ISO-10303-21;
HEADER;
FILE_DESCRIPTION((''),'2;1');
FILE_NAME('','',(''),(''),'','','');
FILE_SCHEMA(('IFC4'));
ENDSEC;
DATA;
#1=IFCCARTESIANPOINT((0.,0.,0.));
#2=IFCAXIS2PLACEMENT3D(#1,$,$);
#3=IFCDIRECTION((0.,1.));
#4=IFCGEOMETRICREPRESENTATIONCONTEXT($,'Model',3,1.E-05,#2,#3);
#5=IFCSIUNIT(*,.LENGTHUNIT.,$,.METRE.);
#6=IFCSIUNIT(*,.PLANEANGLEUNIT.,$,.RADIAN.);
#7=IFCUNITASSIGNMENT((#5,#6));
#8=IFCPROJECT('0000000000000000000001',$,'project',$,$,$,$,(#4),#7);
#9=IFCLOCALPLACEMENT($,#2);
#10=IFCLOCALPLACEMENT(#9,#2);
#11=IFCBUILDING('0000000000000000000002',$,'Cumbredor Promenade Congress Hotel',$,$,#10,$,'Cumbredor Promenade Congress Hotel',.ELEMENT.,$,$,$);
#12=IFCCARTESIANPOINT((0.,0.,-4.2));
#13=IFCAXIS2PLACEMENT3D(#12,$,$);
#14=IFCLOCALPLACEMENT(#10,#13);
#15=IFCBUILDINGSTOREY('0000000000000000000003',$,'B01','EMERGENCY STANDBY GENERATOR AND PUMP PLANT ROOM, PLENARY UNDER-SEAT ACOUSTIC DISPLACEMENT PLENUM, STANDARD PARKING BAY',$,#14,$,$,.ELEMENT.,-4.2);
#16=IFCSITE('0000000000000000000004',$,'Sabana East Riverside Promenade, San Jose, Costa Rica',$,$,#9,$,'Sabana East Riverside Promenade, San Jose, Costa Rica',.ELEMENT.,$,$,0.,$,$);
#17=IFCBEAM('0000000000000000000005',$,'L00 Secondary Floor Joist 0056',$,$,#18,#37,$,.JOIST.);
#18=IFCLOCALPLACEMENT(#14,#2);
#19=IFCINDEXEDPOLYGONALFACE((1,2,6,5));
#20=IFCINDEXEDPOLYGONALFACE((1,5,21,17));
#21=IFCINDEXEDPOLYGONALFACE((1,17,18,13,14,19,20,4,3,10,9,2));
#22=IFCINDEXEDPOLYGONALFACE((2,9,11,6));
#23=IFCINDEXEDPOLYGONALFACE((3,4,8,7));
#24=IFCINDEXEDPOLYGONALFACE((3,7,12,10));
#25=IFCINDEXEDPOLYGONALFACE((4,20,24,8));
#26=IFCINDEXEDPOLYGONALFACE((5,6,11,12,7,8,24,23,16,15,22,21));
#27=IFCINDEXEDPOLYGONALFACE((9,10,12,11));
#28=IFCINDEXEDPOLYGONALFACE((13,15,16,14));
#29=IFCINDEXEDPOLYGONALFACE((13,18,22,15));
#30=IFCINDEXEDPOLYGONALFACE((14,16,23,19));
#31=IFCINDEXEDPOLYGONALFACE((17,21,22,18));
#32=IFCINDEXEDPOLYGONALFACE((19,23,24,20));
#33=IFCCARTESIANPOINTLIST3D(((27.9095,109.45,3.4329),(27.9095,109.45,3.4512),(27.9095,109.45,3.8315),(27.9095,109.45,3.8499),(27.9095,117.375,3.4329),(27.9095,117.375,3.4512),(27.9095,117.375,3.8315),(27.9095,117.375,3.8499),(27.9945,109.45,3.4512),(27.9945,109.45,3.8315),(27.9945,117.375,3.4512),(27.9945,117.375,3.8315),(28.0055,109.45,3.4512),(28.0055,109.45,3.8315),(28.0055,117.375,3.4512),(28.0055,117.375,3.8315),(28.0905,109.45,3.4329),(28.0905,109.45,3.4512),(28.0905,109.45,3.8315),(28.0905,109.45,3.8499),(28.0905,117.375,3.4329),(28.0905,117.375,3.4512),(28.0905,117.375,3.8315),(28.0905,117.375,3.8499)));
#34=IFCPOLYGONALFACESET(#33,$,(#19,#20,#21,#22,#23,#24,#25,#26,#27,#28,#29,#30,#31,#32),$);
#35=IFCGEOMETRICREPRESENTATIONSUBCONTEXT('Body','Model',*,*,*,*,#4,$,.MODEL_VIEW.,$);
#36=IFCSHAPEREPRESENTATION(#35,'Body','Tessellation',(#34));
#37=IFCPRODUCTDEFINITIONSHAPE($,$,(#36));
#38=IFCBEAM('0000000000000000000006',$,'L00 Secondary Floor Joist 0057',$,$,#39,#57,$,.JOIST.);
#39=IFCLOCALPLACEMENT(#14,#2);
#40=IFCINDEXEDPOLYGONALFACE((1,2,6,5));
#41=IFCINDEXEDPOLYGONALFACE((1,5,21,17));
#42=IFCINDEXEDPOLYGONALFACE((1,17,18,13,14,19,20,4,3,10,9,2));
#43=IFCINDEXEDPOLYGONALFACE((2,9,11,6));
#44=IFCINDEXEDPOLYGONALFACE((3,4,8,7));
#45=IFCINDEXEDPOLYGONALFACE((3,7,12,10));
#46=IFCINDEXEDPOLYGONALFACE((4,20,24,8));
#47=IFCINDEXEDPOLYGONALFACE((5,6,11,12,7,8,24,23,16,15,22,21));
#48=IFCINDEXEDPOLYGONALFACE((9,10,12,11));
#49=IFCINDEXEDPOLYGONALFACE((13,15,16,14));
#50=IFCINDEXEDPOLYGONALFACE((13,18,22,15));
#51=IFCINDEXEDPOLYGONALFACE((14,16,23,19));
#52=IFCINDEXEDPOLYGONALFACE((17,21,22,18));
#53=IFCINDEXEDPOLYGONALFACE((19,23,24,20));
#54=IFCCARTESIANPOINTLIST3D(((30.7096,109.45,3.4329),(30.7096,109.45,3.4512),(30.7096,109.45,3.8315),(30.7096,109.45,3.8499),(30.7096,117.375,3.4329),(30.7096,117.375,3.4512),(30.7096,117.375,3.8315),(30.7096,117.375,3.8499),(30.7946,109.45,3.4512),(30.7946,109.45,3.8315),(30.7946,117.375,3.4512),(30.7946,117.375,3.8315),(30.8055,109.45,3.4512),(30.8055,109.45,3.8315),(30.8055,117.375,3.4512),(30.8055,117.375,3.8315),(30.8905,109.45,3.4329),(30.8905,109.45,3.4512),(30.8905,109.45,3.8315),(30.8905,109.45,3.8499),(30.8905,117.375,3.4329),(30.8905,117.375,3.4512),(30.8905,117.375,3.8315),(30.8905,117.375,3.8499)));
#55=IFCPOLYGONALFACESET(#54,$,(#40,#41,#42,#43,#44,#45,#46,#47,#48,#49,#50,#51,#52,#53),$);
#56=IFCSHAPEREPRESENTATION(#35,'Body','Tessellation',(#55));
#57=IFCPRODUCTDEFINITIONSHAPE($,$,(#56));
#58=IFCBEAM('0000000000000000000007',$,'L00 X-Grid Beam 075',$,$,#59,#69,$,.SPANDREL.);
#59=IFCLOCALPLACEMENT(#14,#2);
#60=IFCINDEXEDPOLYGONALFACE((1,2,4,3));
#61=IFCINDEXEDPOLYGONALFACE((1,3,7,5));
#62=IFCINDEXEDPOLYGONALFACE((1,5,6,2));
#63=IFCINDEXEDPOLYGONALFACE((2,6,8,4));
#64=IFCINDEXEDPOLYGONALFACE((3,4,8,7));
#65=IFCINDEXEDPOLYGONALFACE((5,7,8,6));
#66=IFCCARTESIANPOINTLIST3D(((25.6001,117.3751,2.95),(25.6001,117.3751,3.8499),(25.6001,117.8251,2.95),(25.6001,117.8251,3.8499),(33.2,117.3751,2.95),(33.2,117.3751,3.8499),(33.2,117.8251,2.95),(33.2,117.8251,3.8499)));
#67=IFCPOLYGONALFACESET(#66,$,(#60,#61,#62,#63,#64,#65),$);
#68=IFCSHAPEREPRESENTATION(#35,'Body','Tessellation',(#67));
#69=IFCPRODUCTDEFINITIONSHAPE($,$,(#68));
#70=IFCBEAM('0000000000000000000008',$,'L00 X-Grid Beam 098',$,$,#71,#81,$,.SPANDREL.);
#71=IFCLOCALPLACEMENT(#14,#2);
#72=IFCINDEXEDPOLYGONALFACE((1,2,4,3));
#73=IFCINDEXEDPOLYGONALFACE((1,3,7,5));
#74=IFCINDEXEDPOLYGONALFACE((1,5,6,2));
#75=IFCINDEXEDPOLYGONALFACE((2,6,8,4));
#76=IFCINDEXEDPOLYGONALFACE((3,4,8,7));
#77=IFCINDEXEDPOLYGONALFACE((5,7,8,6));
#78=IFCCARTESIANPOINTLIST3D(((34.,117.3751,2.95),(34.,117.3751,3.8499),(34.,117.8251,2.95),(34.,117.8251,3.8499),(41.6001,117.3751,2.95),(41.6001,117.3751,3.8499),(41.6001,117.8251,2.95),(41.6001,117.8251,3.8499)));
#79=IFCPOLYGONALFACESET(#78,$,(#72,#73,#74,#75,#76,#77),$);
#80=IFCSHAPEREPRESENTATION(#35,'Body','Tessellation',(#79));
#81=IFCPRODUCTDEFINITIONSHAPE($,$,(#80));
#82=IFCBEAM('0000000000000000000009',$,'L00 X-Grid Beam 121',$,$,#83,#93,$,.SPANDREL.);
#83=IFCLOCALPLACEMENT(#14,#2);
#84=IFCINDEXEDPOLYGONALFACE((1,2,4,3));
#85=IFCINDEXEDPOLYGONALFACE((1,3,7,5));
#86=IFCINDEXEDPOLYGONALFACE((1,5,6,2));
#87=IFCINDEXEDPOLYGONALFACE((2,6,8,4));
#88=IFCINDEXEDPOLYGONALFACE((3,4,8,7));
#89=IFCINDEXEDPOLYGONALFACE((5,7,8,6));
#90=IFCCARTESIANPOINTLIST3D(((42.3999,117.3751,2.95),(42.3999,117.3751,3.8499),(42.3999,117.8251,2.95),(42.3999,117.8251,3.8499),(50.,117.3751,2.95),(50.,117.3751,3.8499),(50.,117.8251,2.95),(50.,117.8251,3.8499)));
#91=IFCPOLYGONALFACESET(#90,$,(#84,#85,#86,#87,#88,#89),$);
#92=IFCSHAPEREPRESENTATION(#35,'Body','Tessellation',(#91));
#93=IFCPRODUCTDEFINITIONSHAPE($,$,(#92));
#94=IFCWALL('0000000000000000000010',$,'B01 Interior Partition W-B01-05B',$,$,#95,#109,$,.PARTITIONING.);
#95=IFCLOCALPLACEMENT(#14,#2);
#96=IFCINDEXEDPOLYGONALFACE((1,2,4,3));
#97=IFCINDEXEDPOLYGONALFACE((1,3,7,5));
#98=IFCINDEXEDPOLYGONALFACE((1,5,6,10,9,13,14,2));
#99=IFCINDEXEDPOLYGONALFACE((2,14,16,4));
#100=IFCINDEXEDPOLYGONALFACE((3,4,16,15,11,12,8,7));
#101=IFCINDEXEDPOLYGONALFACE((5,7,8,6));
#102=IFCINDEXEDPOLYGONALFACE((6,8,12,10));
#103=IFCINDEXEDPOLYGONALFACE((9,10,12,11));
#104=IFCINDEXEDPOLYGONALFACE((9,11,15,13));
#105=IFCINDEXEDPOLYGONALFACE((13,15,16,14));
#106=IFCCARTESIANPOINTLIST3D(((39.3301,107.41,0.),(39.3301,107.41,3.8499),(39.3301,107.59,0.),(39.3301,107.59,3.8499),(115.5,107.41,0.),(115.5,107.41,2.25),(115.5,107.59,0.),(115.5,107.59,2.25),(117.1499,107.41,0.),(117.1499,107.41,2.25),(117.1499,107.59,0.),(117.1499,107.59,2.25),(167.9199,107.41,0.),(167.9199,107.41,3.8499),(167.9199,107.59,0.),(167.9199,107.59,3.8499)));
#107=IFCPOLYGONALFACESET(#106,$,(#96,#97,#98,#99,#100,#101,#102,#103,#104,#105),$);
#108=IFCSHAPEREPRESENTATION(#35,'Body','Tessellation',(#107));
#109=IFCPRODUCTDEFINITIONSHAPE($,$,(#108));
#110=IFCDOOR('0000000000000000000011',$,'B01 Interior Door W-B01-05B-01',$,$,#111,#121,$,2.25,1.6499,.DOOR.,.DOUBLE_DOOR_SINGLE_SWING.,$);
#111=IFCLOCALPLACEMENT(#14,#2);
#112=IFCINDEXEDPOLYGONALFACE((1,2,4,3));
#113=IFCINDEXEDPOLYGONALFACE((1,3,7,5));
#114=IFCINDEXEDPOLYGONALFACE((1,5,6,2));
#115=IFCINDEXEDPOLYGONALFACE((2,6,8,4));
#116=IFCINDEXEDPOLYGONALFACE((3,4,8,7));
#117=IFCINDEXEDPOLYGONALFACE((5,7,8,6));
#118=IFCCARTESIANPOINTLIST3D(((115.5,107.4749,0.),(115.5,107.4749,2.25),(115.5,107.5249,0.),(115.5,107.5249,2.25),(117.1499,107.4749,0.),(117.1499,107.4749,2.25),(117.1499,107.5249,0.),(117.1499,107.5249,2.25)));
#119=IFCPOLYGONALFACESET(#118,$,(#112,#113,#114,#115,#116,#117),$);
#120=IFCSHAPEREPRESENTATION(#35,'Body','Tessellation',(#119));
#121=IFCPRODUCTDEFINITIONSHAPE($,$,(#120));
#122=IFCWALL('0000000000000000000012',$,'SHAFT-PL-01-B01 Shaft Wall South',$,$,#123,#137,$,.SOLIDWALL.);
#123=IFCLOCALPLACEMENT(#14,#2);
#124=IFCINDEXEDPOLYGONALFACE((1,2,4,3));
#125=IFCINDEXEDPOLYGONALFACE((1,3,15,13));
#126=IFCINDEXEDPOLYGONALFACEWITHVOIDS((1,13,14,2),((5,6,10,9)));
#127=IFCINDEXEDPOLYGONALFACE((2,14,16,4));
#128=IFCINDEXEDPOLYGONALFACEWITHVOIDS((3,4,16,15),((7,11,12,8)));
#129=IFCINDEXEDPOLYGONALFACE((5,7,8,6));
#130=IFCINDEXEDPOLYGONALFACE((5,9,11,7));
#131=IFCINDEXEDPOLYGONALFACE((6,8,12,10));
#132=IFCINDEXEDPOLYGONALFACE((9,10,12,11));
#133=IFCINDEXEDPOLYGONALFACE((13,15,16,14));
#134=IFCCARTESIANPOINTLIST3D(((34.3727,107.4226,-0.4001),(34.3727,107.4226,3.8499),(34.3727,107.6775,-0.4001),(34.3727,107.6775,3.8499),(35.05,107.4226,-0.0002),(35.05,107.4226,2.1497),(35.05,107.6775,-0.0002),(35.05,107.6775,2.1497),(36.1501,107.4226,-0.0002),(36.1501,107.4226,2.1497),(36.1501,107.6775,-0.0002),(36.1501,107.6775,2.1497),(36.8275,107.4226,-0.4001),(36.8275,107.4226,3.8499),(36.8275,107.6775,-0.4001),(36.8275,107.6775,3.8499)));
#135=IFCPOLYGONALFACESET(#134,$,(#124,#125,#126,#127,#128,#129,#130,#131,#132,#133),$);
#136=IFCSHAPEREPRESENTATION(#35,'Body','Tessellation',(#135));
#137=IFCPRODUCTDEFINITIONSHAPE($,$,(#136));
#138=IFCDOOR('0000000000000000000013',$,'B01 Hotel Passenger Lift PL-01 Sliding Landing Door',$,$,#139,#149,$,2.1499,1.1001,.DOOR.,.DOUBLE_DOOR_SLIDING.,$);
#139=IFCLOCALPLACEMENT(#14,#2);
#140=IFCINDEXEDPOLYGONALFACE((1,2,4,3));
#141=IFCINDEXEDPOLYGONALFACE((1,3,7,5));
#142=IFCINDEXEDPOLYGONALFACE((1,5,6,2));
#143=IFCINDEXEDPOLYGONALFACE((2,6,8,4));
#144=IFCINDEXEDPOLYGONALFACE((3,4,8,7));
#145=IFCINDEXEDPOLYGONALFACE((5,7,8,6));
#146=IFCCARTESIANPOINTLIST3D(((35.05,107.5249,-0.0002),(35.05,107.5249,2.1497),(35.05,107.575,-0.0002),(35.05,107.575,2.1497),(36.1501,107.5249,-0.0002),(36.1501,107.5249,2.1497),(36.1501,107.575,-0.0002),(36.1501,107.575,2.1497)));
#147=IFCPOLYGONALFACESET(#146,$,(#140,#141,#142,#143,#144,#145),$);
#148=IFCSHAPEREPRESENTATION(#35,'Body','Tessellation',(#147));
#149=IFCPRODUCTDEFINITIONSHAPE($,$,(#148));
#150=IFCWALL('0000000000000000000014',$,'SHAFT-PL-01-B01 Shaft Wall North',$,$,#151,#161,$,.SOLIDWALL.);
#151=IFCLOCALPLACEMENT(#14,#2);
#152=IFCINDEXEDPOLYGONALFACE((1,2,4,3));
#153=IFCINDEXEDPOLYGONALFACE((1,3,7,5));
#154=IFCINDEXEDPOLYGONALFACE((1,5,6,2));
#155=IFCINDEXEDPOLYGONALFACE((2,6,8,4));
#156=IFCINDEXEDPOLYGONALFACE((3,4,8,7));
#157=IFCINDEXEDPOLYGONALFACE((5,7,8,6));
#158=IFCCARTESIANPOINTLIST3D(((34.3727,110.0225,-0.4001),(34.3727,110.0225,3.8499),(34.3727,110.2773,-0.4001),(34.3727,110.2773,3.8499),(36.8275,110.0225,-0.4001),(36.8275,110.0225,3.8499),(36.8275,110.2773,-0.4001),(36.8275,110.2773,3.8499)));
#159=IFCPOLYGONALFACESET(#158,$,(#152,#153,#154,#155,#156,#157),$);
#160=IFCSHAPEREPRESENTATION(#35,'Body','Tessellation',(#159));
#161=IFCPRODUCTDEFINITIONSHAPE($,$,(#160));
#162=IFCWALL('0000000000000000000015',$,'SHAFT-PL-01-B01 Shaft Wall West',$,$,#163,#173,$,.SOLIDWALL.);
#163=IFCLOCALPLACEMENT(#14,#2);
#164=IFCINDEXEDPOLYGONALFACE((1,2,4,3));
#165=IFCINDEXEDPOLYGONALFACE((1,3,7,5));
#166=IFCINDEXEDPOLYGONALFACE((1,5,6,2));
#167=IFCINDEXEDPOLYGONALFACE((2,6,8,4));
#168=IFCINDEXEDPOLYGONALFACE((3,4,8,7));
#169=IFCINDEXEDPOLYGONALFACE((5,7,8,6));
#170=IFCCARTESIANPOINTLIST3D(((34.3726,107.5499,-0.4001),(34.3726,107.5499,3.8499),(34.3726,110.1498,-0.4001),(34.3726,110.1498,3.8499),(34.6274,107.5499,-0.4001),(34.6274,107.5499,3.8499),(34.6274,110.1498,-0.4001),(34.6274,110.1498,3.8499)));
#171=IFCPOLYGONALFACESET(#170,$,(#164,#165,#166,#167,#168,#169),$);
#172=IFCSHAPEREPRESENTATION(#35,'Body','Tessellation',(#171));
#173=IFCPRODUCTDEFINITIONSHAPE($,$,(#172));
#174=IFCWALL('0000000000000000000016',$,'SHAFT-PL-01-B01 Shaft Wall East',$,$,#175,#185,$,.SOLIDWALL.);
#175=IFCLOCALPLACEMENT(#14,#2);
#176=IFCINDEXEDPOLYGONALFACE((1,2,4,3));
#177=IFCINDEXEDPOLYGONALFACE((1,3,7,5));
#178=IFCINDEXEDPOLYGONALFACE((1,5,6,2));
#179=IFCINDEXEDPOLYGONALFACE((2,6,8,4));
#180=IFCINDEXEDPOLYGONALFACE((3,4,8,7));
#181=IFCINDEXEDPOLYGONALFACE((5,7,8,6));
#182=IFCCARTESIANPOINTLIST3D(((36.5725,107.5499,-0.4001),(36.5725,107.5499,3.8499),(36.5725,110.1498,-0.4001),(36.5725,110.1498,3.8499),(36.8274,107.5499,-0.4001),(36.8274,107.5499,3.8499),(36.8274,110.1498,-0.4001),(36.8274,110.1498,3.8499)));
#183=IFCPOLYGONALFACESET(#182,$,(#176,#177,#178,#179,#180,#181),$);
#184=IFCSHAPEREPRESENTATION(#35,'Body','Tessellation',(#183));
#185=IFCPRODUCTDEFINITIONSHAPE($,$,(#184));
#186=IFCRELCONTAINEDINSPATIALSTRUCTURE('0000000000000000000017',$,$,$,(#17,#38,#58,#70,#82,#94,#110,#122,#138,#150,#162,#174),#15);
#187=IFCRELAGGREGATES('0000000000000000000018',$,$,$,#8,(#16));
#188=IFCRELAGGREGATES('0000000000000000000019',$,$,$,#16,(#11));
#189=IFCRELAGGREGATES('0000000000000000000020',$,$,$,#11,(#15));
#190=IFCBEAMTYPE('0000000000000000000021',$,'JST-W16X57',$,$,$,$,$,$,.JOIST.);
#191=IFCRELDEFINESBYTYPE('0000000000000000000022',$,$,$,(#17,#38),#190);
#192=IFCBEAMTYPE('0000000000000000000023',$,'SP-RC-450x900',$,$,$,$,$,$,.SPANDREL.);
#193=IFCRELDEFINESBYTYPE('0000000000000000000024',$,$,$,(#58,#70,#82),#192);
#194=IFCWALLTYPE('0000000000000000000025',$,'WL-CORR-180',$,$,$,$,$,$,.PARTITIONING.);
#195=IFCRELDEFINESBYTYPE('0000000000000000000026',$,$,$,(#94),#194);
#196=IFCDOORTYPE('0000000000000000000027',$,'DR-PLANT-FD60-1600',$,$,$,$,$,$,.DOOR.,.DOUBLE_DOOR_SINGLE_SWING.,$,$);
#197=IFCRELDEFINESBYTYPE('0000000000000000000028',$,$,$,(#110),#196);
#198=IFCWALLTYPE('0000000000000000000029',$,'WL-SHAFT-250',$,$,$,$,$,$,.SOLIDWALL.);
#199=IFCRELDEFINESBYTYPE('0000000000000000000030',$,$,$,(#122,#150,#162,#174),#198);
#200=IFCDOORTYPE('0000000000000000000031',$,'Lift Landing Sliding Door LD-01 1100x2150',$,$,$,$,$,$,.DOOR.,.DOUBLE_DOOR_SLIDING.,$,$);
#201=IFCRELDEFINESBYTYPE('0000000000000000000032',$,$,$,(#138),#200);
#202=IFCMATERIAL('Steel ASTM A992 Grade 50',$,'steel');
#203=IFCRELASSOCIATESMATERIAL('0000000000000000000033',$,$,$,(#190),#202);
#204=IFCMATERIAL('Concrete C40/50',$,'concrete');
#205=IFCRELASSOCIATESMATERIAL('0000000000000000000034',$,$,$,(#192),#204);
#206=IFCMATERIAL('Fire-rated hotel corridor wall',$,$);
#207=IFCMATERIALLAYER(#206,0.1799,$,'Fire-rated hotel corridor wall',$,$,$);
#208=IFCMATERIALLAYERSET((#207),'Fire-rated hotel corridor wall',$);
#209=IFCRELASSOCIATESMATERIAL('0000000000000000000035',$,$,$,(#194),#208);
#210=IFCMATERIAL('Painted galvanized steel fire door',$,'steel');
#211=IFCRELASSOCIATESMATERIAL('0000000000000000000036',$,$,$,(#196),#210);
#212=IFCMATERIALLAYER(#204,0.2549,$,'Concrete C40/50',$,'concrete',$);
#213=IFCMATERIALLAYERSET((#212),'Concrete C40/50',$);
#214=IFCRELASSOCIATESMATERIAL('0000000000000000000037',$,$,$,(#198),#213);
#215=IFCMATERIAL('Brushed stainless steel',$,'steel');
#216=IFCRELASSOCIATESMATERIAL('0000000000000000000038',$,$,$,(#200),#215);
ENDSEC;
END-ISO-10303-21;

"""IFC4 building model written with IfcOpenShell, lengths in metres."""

from ifc_helpers import new_model, si_unit, direction, frame, frame_2d, origin, origin_2d, place, context, subcontext, project, spatial, rectangle, i_section, extrude, material, layer, layer_set, material_profile, profile_set, type_object, element, fill, save


model = new_model("IFC4")

# Units and contexts
model_context = context("Model", 3, precision=1e-05, world=origin(), true_north=direction((0.0, 1.0)))
body_context = subcontext(model_context, "Body", "Model", "MODEL_VIEW")
ifc_project = project(units=[si_unit("LENGTHUNIT", "METRE"), si_unit("PLANEANGLEUNIT", "RADIAN")], contexts=[model_context])

# Site, building, storey
site_placement = place(None, origin())
site = spatial("IfcSite", under=ifc_project, at=site_placement, Name="Sabana East Riverside Promenade, San Jose, Costa Rica", LongName="Sabana East Riverside Promenade, San Jose, Costa Rica", CompositionType="ELEMENT", RefElevation=0.0)
building_placement = place(site_placement, origin())
building = spatial("IfcBuilding", under=site, at=building_placement, Name="Cumbredor Promenade Congress Hotel", LongName="Cumbredor Promenade Congress Hotel", CompositionType="ELEMENT")
storey_placement = place(building_placement, frame((0.0, 0.0, -4.2)))
storey = spatial("IfcBuildingStorey", under=building, at=storey_placement, Name="B01", Description="EMERGENCY STANDBY GENERATOR AND PUMP PLANT ROOM, PLENARY UNDER-SEAT ACOUSTIC DISPLACEMENT PLENUM, STANDARD PARKING BAY", CompositionType="ELEMENT", Elevation=-4.2)

# Shared definitions
ifc_material_1 = material(Name="Concrete C40/50", Category="concrete")

# Beams
ifc_material_2 = material(Name="Steel ASTM A992 Grade 50", Category="steel")
ifc_material_profile_1 = material_profile(ifc_material_2, i_section(OverallWidth=0.1809, OverallDepth=0.417, WebThickness=0.011, FlangeThickness=0.0183, at=origin_2d()), Name="W16X57")
ifc_profile_set_1 = profile_set([ifc_material_profile_1], Name="Steel ASTM A992 Grade 50")
beam_type_1 = type_object("IfcBeamType", Name="JST-W16X57", PredefinedType="JOIST", material=ifc_profile_set_1)
for number, where, z_axis, x_axis, name in (
    (1, (28.0, 109.45, 3.6414), (0.0, 1.0, 0.0), (-1.0, 0.0, 0.0), "L00 Secondary Floor Joist 0056"),
    (2, (30.8, 109.45, 3.6414), (0.0, 1.0, 0.0), (-1.0, 0.0, 0.0), "L00 Secondary Floor Joist 0057"),
):
    element("IfcBeam", number, at=place(storey_placement, frame(where, z_axis=z_axis, x_axis=x_axis)), inside=storey, type_object=beam_type_1, Name=name, PredefinedType="JOIST", context=body_context, shape_type="SweptSolid", body=[
        extrude(i_section(OverallWidth=0.1809, OverallDepth=0.417, WebThickness=0.011, FlangeThickness=0.0183, at=origin_2d()), origin(), (0.0, 0.0, 1.0), 7.925),
    ])
ifc_material_profile_2 = material_profile(ifc_material_1, rectangle(XDim=0.45, YDim=0.8999, at=origin_2d()), Name="RC SPANDREL 450x900")
ifc_profile_set_2 = profile_set([ifc_material_profile_2], Name="Concrete C40/50")
beam_type_2 = type_object("IfcBeamType", Name="SP-RC-450x900", PredefinedType="SPANDREL", material=ifc_profile_set_2)
beam_1_placement = place(storey_placement, frame((25.6001, 117.6001, 3.3999), z_axis=(1.0, 0.0, 0.0), x_axis=(0.0, 1.0, 0.0)))
element("IfcBeam", 3, at=beam_1_placement, inside=storey, type_object=beam_type_2, Name="L00 X-Grid Beam 075", PredefinedType="SPANDREL", context=body_context, shape_type="SweptSolid", body=[
    extrude(rectangle(XDim=0.45, YDim=0.8999, at=origin_2d()), origin(), (0.0, 0.0, 1.0), 7.5999),
])
for number, where, z_axis, x_axis, name in (
    (4, (34.0, 117.6001, 3.3999), (1.0, 0.0, 0.0), (0.0, 1.0, 0.0), "L00 X-Grid Beam 098"),
    (5, (42.3999, 117.6001, 3.3999), (1.0, 0.0, 0.0), (0.0, 1.0, 0.0), "L00 X-Grid Beam 121"),
):
    element("IfcBeam", number, at=place(storey_placement, frame(where, z_axis=z_axis, x_axis=x_axis)), inside=storey, type_object=beam_type_2, Name=name, PredefinedType="SPANDREL", context=body_context, shape_type="SweptSolid", body=[
        extrude(rectangle(XDim=0.45, YDim=0.8999, at=origin_2d()), origin(), (0.0, 0.0, 1.0), 7.6001),
    ])

# Walls, openings, doors
ifc_material_3 = material(Name="Fire-rated hotel corridor wall")
ifc_layer_1 = layer(ifc_material_3, 0.1799, Name="Fire-rated hotel corridor wall")
ifc_layer_set_1 = layer_set([ifc_layer_1], Name="Fire-rated hotel corridor wall")
wall_type_1 = type_object("IfcWallType", Name="WL-CORR-180", PredefinedType="PARTITIONING", material=ifc_layer_set_1)
wall_1_placement = place(storey_placement, frame((39.3301, 107.5, 0.0), z_axis=(0.0, 0.0, 1.0), x_axis=(1.0, 0.0, 0.0)))
wall_1 = element("IfcWall", 6, at=wall_1_placement, inside=storey, type_object=wall_type_1, Name="B01 Interior Partition W-B01-05B", PredefinedType="PARTITIONING", context=body_context, shape_type="SweptSolid", body=[
    extrude(rectangle(XDim=128.5898, YDim=0.1799, at=frame_2d((64.2949, 0.0))), origin(), (0.0, 0.0, 1.0), 3.8499),
])
opening_1_placement = place(wall_1_placement, frame((76.1699, 0.0, 0.0)))
opening_1 = element("IfcOpeningElement", 7, at=opening_1_placement, cuts=wall_1, PredefinedType="OPENING", context=body_context, shape_type="SweptSolid", body=[
    extrude(rectangle(XDim=1.6499, YDim=2.25, at=frame_2d((0.825, 1.125))), frame((0.0, 0.1001, 0.0), z_axis=(0.0, -1.0, 0.0), x_axis=(1.0, 0.0, 0.0)), (0.0, 0.0, 1.0), 0.2),
])
ifc_material_4 = material(Name="Painted galvanized steel fire door", Category="steel")
door_type_1 = type_object("IfcDoorType", Name="DR-PLANT-FD60-1600", OperationType="DOUBLE_DOOR_SINGLE_SWING", PredefinedType="DOOR", material=ifc_material_4)
door_1_placement = place(opening_1_placement, origin())
door_1 = element("IfcDoor", 8, at=door_1_placement, inside=storey, type_object=door_type_1, Name="B01 Interior Door W-B01-05B-01", OperationType="DOUBLE_DOOR_SINGLE_SWING", OverallHeight=2.25, OverallWidth=1.6499, PredefinedType="DOOR", context=body_context, shape_type="SweptSolid", body=[
    extrude(rectangle(XDim=1.6499, YDim=2.25, at=frame_2d((0.825, 1.125))), frame((0.0, 0.0249, 0.0), z_axis=(0.0, -1.0, 0.0), x_axis=(1.0, 0.0, 0.0)), (0.0, 0.0, 1.0), 0.05),
])
fill(opening_1, door_1)
ifc_layer_2 = layer(ifc_material_1, 0.2549, Name="Concrete C40/50", Category="concrete")
ifc_layer_set_2 = layer_set([ifc_layer_2], Name="Concrete C40/50")
wall_type_2 = type_object("IfcWallType", Name="WL-SHAFT-250", PredefinedType="SOLIDWALL", material=ifc_layer_set_2)
wall_2_placement = place(storey_placement, frame((34.3726, 107.55, -0.4001), z_axis=(0.0, 0.0, 1.0), x_axis=(1.0, 0.0, 0.0)))
wall_2 = element("IfcWall", 9, at=wall_2_placement, inside=storey, type_object=wall_type_2, Name="SHAFT-PL-01-B01 Shaft Wall South", PredefinedType="SOLIDWALL", context=body_context, shape_type="SweptSolid", body=[
    extrude(rectangle(XDim=2.4548, YDim=0.2549, at=frame_2d((1.2275, 0.0))), origin(), (0.0, 0.0, 1.0), 4.25),
])
opening_2_placement = place(wall_2_placement, frame((0.6775, 0.0, 0.3999)))
opening_2 = element("IfcOpeningElement", 10, at=opening_2_placement, cuts=wall_2, PredefinedType="OPENING", context=body_context, shape_type="SweptSolid", body=[
    extrude(rectangle(XDim=1.1001, YDim=2.1499, at=frame_2d((0.55, 1.075))), frame((0.0, 0.1375, 0.0), z_axis=(0.0, -1.0, 0.0), x_axis=(1.0, 0.0, 0.0)), (0.0, 0.0, 1.0), 0.2749),
])
ifc_material_5 = material(Name="Brushed stainless steel", Category="steel")
door_type_2 = type_object("IfcDoorType", Name="Lift Landing Sliding Door LD-01 1100x2150", OperationType="DOUBLE_DOOR_SLIDING", PredefinedType="DOOR", material=ifc_material_5)
door_2_placement = place(opening_2_placement, origin())
door_2 = element("IfcDoor", 11, at=door_2_placement, inside=storey, type_object=door_type_2, Name="B01 Hotel Passenger Lift PL-01 Sliding Landing Door", OperationType="DOUBLE_DOOR_SLIDING", OverallHeight=2.1499, OverallWidth=1.1001, PredefinedType="DOOR", context=body_context, shape_type="SweptSolid", body=[
    extrude(rectangle(XDim=1.1001, YDim=2.1499, at=frame_2d((0.55, 1.075))), frame((0.0, 0.0249, 0.0), z_axis=(0.0, -1.0, 0.0), x_axis=(1.0, 0.0, 0.0)), (0.0, 0.0, 1.0), 0.05),
])
fill(opening_2, door_2)

# Walls
wall_3_placement = place(storey_placement, frame((34.3726, 110.1499, -0.4001), z_axis=(0.0, 0.0, 1.0), x_axis=(1.0, 0.0, 0.0)))
element("IfcWall", 12, at=wall_3_placement, inside=storey, type_object=wall_type_2, Name="SHAFT-PL-01-B01 Shaft Wall North", PredefinedType="SOLIDWALL", context=body_context, shape_type="SweptSolid", body=[
    extrude(rectangle(XDim=2.4548, YDim=0.2549, at=frame_2d((1.2275, 0.0))), origin(), (0.0, 0.0, 1.0), 4.25),
])
for number, where, z_axis, x_axis, name in (
    (13, (34.5, 107.55, -0.4001), (0.0, 0.0, 1.0), (0.0, 1.0, 0.0), "SHAFT-PL-01-B01 Shaft Wall West"),
    (14, (36.7, 107.55, -0.4001), (0.0, 0.0, 1.0), (0.0, 1.0, 0.0), "SHAFT-PL-01-B01 Shaft Wall East"),
):
    element("IfcWall", number, at=place(storey_placement, frame(where, z_axis=z_axis, x_axis=x_axis)), inside=storey, type_object=wall_type_2, Name=name, PredefinedType="SOLIDWALL", context=body_context, shape_type="SweptSolid", body=[
        extrude(rectangle(XDim=2.5999, YDim=0.2549, at=frame_2d((1.2998, 0.0))), origin(), (0.0, 0.0, 1.0), 4.25),
    ])

save(model, "model.ifc")
